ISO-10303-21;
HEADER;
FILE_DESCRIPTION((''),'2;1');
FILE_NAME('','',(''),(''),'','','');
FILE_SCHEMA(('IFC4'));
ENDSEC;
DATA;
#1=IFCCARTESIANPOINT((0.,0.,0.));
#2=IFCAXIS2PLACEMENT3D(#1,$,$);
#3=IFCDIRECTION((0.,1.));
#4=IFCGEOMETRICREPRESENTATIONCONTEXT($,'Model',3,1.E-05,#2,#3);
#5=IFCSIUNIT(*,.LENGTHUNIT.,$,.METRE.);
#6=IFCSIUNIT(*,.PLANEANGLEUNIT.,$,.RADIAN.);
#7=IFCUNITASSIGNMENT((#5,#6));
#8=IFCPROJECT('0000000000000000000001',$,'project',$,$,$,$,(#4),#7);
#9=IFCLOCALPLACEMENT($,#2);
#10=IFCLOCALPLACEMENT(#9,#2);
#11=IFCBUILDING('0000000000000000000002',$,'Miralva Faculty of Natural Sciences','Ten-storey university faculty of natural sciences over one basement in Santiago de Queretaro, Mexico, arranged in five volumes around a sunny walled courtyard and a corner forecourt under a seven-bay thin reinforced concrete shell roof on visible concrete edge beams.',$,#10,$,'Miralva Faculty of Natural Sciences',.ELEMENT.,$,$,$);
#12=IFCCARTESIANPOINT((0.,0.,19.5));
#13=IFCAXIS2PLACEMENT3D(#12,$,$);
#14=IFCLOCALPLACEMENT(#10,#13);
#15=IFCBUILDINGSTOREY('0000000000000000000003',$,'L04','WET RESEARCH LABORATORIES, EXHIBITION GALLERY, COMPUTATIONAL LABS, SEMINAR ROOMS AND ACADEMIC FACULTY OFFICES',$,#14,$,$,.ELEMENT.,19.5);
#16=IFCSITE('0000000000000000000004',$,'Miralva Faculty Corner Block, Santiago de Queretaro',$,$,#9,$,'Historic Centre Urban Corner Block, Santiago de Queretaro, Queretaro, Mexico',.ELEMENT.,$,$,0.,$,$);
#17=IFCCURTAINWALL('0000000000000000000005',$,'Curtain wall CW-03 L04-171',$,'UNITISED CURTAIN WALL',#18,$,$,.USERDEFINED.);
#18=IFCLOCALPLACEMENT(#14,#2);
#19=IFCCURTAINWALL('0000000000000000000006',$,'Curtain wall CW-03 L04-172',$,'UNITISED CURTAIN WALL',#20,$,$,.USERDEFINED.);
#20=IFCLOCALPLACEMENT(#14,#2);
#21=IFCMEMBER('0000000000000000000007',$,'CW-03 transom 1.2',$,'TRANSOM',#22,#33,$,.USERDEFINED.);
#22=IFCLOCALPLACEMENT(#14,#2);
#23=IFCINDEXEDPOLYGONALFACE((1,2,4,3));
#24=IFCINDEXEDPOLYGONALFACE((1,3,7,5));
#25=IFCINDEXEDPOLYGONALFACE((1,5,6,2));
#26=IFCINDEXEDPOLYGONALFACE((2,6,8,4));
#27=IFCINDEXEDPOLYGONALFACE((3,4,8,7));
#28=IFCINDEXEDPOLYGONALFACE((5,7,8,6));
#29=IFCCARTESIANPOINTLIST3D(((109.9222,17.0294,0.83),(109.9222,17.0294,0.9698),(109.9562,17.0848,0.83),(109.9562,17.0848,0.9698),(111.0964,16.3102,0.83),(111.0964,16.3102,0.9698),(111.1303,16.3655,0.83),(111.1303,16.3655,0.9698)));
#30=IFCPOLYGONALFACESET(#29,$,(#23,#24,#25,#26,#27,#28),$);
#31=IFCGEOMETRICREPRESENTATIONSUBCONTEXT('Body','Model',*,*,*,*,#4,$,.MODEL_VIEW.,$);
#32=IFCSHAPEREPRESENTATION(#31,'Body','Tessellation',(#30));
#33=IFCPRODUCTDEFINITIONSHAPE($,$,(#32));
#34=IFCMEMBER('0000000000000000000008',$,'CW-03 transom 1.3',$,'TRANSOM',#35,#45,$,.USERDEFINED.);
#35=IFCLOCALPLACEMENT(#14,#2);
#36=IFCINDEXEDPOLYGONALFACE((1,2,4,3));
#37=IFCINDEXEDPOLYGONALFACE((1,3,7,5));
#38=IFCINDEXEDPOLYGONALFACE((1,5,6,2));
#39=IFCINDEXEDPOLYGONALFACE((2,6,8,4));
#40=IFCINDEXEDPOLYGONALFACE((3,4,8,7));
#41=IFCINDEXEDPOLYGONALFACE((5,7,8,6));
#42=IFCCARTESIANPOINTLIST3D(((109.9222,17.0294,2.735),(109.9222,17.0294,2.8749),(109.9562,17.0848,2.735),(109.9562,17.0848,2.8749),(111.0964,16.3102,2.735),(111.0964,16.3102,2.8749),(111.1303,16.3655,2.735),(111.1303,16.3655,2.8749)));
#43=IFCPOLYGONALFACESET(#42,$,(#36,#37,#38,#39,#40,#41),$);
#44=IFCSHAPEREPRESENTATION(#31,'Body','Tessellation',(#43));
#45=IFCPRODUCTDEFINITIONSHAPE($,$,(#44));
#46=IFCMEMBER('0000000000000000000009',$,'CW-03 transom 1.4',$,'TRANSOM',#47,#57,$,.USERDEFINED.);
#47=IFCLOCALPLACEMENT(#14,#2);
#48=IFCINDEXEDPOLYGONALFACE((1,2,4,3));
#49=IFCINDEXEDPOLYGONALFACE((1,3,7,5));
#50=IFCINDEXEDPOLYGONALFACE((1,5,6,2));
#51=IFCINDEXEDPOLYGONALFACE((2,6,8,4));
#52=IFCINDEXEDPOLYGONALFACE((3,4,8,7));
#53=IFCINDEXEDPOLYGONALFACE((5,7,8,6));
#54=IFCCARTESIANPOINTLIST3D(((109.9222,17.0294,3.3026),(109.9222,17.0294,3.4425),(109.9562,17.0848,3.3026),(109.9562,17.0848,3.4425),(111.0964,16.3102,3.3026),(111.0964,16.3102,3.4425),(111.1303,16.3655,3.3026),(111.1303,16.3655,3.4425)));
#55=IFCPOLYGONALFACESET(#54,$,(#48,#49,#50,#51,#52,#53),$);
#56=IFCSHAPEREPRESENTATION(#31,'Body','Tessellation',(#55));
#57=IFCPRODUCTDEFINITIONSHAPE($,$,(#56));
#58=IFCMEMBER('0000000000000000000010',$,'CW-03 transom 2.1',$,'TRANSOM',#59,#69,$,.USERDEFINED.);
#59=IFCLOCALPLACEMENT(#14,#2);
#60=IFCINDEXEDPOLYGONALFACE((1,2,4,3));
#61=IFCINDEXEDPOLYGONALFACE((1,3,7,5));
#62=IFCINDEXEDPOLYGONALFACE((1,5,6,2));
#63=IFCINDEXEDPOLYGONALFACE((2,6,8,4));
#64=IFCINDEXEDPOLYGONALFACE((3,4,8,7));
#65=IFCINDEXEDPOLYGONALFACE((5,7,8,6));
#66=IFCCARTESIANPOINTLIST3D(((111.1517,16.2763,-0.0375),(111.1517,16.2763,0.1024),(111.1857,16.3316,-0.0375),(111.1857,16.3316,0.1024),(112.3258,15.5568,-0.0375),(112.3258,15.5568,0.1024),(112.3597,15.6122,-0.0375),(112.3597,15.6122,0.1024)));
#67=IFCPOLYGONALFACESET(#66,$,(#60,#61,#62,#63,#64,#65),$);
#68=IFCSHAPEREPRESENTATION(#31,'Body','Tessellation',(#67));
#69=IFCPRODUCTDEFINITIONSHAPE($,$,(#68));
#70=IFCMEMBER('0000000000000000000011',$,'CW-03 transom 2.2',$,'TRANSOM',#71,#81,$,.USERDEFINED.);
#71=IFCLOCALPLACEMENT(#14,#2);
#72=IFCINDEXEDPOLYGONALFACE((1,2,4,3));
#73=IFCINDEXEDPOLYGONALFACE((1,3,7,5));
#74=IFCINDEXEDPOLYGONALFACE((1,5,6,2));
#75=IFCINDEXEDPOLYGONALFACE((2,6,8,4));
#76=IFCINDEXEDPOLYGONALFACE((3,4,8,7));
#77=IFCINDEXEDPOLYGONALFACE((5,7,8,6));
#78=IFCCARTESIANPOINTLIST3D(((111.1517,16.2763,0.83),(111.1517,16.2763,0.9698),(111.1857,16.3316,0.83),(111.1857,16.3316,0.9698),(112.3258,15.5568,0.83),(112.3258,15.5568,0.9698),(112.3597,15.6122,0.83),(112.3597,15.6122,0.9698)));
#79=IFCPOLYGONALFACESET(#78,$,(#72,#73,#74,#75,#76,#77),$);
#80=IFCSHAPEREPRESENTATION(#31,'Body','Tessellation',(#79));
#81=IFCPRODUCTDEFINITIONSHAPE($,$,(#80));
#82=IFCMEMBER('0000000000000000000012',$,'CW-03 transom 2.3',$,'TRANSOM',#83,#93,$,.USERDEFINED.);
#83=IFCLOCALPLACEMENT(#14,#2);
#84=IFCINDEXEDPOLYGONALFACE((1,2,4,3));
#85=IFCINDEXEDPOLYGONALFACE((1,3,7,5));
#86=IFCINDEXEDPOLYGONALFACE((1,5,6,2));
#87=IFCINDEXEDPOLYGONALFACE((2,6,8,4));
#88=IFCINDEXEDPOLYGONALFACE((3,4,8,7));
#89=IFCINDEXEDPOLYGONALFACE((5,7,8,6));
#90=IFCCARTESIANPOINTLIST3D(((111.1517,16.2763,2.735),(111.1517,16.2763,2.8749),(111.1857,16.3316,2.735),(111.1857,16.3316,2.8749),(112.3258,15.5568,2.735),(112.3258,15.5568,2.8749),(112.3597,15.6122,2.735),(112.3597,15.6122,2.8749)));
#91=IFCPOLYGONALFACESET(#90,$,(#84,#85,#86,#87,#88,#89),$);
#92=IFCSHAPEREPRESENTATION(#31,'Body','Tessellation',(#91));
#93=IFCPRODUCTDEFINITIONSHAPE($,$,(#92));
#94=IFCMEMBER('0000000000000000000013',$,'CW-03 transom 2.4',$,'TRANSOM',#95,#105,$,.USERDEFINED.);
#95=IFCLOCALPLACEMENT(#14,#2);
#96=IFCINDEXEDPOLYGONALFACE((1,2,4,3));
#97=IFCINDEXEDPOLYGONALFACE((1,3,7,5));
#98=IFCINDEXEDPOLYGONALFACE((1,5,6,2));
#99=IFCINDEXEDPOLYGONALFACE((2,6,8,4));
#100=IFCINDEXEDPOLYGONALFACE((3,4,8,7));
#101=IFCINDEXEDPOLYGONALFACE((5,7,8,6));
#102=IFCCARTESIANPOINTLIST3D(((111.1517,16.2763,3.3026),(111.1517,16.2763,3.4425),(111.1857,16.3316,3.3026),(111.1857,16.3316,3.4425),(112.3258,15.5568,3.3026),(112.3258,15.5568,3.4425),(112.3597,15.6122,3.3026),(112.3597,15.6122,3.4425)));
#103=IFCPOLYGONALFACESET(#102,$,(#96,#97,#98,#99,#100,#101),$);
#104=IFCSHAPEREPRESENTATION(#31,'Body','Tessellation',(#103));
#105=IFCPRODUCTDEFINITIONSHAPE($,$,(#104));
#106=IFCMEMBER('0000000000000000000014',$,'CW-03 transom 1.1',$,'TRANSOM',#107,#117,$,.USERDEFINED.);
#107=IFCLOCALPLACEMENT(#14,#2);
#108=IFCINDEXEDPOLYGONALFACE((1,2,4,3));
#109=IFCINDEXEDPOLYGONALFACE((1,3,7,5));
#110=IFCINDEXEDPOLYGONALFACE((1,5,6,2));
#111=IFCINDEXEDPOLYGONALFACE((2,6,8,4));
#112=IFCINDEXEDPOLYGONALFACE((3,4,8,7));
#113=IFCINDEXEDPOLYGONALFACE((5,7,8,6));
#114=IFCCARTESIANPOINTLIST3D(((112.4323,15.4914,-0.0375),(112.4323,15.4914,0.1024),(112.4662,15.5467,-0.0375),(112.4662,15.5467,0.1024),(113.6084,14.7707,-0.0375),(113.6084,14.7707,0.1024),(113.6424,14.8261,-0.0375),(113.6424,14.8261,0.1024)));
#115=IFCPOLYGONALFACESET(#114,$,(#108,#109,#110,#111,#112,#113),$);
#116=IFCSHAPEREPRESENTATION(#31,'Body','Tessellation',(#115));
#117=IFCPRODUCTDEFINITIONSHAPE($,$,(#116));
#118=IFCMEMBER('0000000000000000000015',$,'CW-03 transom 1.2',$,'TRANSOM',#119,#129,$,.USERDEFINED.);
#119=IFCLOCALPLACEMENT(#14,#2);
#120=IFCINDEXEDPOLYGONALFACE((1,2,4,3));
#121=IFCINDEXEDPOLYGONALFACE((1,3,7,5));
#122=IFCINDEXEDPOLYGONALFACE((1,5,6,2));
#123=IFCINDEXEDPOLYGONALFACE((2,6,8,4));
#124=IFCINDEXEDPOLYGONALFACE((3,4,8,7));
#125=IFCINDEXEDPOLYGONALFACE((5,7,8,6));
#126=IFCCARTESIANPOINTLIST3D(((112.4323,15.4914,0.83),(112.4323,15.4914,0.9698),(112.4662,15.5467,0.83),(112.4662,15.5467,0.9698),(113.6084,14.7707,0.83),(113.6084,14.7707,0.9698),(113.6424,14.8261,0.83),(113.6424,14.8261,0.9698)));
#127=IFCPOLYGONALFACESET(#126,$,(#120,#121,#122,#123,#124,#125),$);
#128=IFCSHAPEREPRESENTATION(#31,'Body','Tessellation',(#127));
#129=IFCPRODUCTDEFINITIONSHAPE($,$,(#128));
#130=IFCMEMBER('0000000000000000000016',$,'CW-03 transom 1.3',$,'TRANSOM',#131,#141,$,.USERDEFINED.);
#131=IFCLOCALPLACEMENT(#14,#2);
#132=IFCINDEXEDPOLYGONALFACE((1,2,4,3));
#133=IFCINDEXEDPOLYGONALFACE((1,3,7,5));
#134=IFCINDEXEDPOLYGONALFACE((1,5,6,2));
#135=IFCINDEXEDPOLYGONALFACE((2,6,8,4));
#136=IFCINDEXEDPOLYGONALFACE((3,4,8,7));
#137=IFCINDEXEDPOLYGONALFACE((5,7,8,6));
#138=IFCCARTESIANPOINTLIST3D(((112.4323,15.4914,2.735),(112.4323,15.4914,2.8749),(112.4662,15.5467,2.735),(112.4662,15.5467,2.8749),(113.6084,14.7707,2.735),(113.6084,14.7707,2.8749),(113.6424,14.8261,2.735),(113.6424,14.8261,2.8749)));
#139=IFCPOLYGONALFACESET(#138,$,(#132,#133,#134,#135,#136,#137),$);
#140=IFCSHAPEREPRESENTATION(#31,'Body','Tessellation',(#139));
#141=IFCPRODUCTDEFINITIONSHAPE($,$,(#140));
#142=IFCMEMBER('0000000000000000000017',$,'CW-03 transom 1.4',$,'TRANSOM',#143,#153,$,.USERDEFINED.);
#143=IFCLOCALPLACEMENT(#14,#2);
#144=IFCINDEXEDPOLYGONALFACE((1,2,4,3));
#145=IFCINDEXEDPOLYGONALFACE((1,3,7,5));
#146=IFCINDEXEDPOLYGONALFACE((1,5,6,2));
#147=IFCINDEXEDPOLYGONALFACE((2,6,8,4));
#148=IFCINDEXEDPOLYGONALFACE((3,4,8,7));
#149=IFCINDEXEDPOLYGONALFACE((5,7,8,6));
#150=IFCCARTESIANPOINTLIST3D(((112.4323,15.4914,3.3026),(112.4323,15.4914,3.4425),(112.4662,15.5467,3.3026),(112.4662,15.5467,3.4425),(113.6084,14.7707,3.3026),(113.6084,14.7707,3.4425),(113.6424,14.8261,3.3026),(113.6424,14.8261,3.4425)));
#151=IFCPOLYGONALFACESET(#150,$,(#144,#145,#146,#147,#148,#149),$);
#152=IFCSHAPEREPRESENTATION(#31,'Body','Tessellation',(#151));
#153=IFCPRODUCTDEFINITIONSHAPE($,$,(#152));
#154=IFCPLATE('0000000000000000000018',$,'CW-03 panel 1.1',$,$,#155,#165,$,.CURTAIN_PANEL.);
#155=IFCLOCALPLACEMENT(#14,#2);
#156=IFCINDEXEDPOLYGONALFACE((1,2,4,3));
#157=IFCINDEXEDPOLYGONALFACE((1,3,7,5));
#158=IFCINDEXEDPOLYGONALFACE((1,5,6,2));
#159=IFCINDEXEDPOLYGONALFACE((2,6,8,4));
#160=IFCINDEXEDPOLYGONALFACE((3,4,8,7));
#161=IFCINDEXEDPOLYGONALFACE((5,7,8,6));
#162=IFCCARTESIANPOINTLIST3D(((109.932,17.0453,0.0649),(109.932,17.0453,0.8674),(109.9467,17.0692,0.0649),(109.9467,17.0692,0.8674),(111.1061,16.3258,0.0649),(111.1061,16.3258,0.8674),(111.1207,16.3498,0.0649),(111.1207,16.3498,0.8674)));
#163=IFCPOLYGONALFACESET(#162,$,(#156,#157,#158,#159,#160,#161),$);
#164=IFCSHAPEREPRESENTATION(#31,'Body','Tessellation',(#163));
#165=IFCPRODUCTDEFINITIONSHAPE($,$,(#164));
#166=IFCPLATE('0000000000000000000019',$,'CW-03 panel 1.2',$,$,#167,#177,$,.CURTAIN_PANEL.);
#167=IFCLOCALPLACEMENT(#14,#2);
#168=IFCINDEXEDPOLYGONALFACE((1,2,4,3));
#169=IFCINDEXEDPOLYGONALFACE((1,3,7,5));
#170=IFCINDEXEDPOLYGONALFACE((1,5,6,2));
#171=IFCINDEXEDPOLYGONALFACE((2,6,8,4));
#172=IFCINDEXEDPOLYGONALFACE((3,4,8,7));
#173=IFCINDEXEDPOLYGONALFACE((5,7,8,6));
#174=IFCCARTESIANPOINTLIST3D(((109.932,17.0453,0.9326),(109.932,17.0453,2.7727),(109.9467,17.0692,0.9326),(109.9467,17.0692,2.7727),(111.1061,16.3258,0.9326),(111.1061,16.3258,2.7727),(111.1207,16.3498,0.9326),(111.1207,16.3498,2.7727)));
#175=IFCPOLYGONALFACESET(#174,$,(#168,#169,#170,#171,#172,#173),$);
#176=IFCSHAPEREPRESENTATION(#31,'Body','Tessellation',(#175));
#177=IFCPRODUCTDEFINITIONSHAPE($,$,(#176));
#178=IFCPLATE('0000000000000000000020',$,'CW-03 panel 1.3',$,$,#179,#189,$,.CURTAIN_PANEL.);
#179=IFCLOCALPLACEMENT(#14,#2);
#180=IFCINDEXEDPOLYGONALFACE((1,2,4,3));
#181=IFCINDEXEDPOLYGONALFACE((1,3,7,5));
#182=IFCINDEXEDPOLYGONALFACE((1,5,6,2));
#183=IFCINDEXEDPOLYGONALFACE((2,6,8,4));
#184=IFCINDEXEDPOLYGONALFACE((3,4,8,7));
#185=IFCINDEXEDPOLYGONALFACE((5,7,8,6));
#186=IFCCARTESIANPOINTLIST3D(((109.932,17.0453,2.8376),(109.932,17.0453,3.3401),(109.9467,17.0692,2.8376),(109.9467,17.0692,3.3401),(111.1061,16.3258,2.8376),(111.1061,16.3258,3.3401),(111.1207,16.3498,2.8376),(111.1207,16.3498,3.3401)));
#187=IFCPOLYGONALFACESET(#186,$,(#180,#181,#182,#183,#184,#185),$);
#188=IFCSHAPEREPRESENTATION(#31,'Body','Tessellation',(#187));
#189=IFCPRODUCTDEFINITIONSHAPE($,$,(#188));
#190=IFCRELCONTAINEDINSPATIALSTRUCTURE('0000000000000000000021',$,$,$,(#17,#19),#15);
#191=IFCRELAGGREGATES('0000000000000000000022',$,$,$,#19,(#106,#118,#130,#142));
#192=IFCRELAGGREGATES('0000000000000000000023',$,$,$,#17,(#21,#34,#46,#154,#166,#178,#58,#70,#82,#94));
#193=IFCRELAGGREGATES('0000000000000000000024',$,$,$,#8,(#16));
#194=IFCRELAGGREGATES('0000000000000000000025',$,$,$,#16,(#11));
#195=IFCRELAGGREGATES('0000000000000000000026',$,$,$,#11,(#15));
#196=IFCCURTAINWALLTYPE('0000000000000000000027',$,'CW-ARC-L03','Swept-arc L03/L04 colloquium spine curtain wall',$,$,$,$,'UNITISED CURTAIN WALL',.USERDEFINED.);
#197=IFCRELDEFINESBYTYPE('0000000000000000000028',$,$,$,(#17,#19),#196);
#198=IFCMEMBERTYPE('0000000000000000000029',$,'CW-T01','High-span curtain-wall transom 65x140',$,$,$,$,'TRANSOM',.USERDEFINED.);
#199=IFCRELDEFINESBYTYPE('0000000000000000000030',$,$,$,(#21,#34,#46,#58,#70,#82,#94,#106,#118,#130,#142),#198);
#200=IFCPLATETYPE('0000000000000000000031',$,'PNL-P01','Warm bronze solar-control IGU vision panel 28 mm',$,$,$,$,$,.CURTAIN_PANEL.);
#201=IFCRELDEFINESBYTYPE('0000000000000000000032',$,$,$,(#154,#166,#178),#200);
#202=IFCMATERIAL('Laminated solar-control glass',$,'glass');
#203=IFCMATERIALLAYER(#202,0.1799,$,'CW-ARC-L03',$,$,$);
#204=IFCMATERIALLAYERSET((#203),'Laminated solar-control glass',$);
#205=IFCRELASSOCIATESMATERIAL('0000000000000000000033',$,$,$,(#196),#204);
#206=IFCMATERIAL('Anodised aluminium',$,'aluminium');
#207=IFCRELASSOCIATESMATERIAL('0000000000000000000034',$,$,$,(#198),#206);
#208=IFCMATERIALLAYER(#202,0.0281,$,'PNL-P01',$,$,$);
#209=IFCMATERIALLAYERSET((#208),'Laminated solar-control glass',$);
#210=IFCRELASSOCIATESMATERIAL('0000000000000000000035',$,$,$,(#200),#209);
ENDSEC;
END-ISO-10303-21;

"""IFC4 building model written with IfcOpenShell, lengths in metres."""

from ifc_helpers import new_model, si_unit, direction, frame, origin, origin_2d, place, context, subcontext, project, spatial, rectangle, extrude, material, layer, layer_set, material_profile, profile_set, type_object, element, aggregate, save


model = new_model("IFC4")

# Units and contexts
model_context = context("Model", 3, precision=1e-05, world=origin(), true_north=direction((0.0, 1.0)))
body_context = subcontext(model_context, "Body", "Model", "MODEL_VIEW")
ifc_project = project(units=[si_unit("LENGTHUNIT", "METRE"), si_unit("PLANEANGLEUNIT", "RADIAN")], contexts=[model_context])

# Site, building, storey
site_placement = place(None, origin())
site = spatial("IfcSite", under=ifc_project, at=site_placement, Name="Miralva Faculty Corner Block, Santiago de Queretaro", LongName="Historic Centre Urban Corner Block, Santiago de Queretaro, Queretaro, Mexico", CompositionType="ELEMENT", RefElevation=0.0)
building_placement = place(site_placement, origin())
building = spatial("IfcBuilding", under=site, at=building_placement, Name="Miralva Faculty of Natural Sciences", Description="Ten-storey university faculty of natural sciences over one basement in Santiago de Queretaro, Mexico, arranged in five volumes around a sunny walled courtyard and a corner forecourt under a seven-bay thin reinforced concrete shell roof on visible concrete edge beams.", LongName="Miralva Faculty of Natural Sciences", CompositionType="ELEMENT")
storey_placement = place(building_placement, frame((0.0, 0.0, 19.5)))
storey = spatial("IfcBuildingStorey", under=building, at=storey_placement, Name="L04", Description="WET RESEARCH LABORATORIES, EXHIBITION GALLERY, COMPUTATIONAL LABS, SEMINAR ROOMS AND ACADEMIC FACULTY OFFICES", CompositionType="ELEMENT", Elevation=19.5)

# Shared definitions
ifc_material_1 = material(Name="Laminated solar-control glass", Category="glass")
ifc_layer_1 = layer(ifc_material_1, 0.1799, Name="CW-ARC-L03")
ifc_layer_set_1 = layer_set([ifc_layer_1], Name="Laminated solar-control glass")
curtain_wall_type = type_object("IfcCurtainWallType", Name="CW-ARC-L03", Description="Swept-arc L03/L04 colloquium spine curtain wall", ElementType="UNITISED CURTAIN WALL", PredefinedType="USERDEFINED", material=ifc_layer_set_1)
ifc_material_2 = material(Name="Anodised aluminium", Category="aluminium")

# Curtain wall
curtain_wall_1_placement = place(storey_placement, origin())
curtain_wall_1 = element("IfcCurtainWall", 1, at=curtain_wall_1_placement, inside=storey, type_object=curtain_wall_type, Name="Curtain wall CW-03 L04-171", ObjectType="UNITISED CURTAIN WALL", PredefinedType="USERDEFINED")

# Curtain wall
curtain_wall_2_placement = place(storey_placement, origin())
curtain_wall_2 = element("IfcCurtainWall", 2, at=curtain_wall_2_placement, inside=storey, type_object=curtain_wall_type, Name="Curtain wall CW-03 L04-172", ObjectType="UNITISED CURTAIN WALL", PredefinedType="USERDEFINED")

# Members
ifc_material_profile_1 = material_profile(ifc_material_2, rectangle(XDim=0.0649, YDim=0.1399, at=origin_2d()), Name="TRANSOM 65x140")
ifc_profile_set_1 = profile_set([ifc_material_profile_1], Name="Anodised aluminium")
member_type_1 = type_object("IfcMemberType", Name="CW-T01", Description="High-span curtain-wall transom 65x140", ElementType="TRANSOM", PredefinedType="USERDEFINED", material=ifc_profile_set_1)
member_1_placement = place(storey_placement, frame((109.9392, 17.0571, 0.8999), z_axis=(0.852716, -0.522375, 0.0), x_axis=(0.522375, 0.852716, 0.0)))
member_1 = element("IfcMember", 3, at=member_1_placement, type_object=member_type_1, Name="CW-03 transom 1.2", ObjectType="TRANSOM", PredefinedType="USERDEFINED", context=body_context, shape_type="SweptSolid", body=[
    extrude(rectangle(XDim=0.0649, YDim=0.1399, at=origin_2d()), origin(), (0.0, 0.0, 1.0), 1.377),
])
member_2_placement = place(storey_placement, frame((109.9392, 17.0571, 2.8049), z_axis=(0.852716, -0.522375, 0.0), x_axis=(0.522375, 0.852716, 0.0)))
member_2 = element("IfcMember", 4, at=member_2_placement, type_object=member_type_1, Name="CW-03 transom 1.3", ObjectType="TRANSOM", PredefinedType="USERDEFINED", context=body_context, shape_type="SweptSolid", body=[
    extrude(rectangle(XDim=0.0649, YDim=0.1399, at=origin_2d()), origin(), (0.0, 0.0, 1.0), 1.377),
])
member_3_placement = place(storey_placement, frame((109.9392, 17.0571, 3.3726), z_axis=(0.852716, -0.522375, 0.0), x_axis=(0.522375, 0.852716, 0.0)))
member_3 = element("IfcMember", 5, at=member_3_placement, type_object=member_type_1, Name="CW-03 transom 1.4", ObjectType="TRANSOM", PredefinedType="USERDEFINED", context=body_context, shape_type="SweptSolid", body=[
    extrude(rectangle(XDim=0.0649, YDim=0.1399, at=origin_2d()), origin(), (0.0, 0.0, 1.0), 1.377),
])
member_4_placement = place(storey_placement, frame((111.1687, 16.304, 0.0325), z_axis=(0.852637, -0.522504, 0.0), x_axis=(0.522504, 0.852637, 0.0)))
member_4 = element("IfcMember", 6, at=member_4_placement, type_object=member_type_1, Name="CW-03 transom 2.1", ObjectType="TRANSOM", PredefinedType="USERDEFINED", context=body_context, shape_type="SweptSolid", body=[
    extrude(rectangle(XDim=0.0649, YDim=0.1399, at=origin_2d()), origin(), (0.0, 0.0, 1.0), 1.377),
])
member_5_placement = place(storey_placement, frame((111.1687, 16.304, 0.8999), z_axis=(0.852637, -0.522504, 0.0), x_axis=(0.522504, 0.852637, 0.0)))
member_5 = element("IfcMember", 7, at=member_5_placement, type_object=member_type_1, Name="CW-03 transom 2.2", ObjectType="TRANSOM", PredefinedType="USERDEFINED", context=body_context, shape_type="SweptSolid", body=[
    extrude(rectangle(XDim=0.0649, YDim=0.1399, at=origin_2d()), origin(), (0.0, 0.0, 1.0), 1.377),
])
member_6_placement = place(storey_placement, frame((111.1687, 16.304, 2.8049), z_axis=(0.852637, -0.522504, 0.0), x_axis=(0.522504, 0.852637, 0.0)))
member_6 = element("IfcMember", 8, at=member_6_placement, type_object=member_type_1, Name="CW-03 transom 2.3", ObjectType="TRANSOM", PredefinedType="USERDEFINED", context=body_context, shape_type="SweptSolid", body=[
    extrude(rectangle(XDim=0.0649, YDim=0.1399, at=origin_2d()), origin(), (0.0, 0.0, 1.0), 1.377),
])
member_7_placement = place(storey_placement, frame((111.1687, 16.304, 3.3726), z_axis=(0.852637, -0.522504, 0.0), x_axis=(0.522504, 0.852637, 0.0)))
member_7 = element("IfcMember", 9, at=member_7_placement, type_object=member_type_1, Name="CW-03 transom 2.4", ObjectType="TRANSOM", PredefinedType="USERDEFINED", context=body_context, shape_type="SweptSolid", body=[
    extrude(rectangle(XDim=0.0649, YDim=0.1399, at=origin_2d()), origin(), (0.0, 0.0, 1.0), 1.377),
])
member_8_placement = place(storey_placement, frame((112.4492, 15.519, 0.0325), z_axis=(0.852678, -0.522438, 0.0), x_axis=(0.522438, 0.852678, 0.0)))
member_8 = element("IfcMember", 10, at=member_8_placement, type_object=member_type_1, Name="CW-03 transom 1.1", ObjectType="TRANSOM", PredefinedType="USERDEFINED", context=body_context, shape_type="SweptSolid", body=[
    extrude(rectangle(XDim=0.0649, YDim=0.1399, at=origin_2d()), origin(), (0.0, 0.0, 1.0), 1.3794),
])
member_9_placement = place(storey_placement, frame((112.4492, 15.519, 0.8999), z_axis=(0.852678, -0.522438, 0.0), x_axis=(0.522438, 0.852678, 0.0)))
member_9 = element("IfcMember", 11, at=member_9_placement, type_object=member_type_1, Name="CW-03 transom 1.2", ObjectType="TRANSOM", PredefinedType="USERDEFINED", context=body_context, shape_type="SweptSolid", body=[
    extrude(rectangle(XDim=0.0649, YDim=0.1399, at=origin_2d()), origin(), (0.0, 0.0, 1.0), 1.3794),
])
member_10_placement = place(storey_placement, frame((112.4492, 15.519, 2.8049), z_axis=(0.852678, -0.522438, 0.0), x_axis=(0.522438, 0.852678, 0.0)))
member_10 = element("IfcMember", 12, at=member_10_placement, type_object=member_type_1, Name="CW-03 transom 1.3", ObjectType="TRANSOM", PredefinedType="USERDEFINED", context=body_context, shape_type="SweptSolid", body=[
    extrude(rectangle(XDim=0.0649, YDim=0.1399, at=origin_2d()), origin(), (0.0, 0.0, 1.0), 1.3794),
])
member_11_placement = place(storey_placement, frame((112.4492, 15.519, 3.3726), z_axis=(0.852678, -0.522438, 0.0), x_axis=(0.522438, 0.852678, 0.0)))
member_11 = element("IfcMember", 13, at=member_11_placement, type_object=member_type_1, Name="CW-03 transom 1.4", ObjectType="TRANSOM", PredefinedType="USERDEFINED", context=body_context, shape_type="SweptSolid", body=[
    extrude(rectangle(XDim=0.0649, YDim=0.1399, at=origin_2d()), origin(), (0.0, 0.0, 1.0), 1.3794),
])
aggregate(curtain_wall_2, [member_8, member_9, member_10, member_11])

# Plates
ifc_layer_2 = layer(ifc_material_1, 0.0281, Name="PNL-P01")
ifc_layer_set_2 = layer_set([ifc_layer_2], Name="Laminated solar-control glass")
plate_type = type_object("IfcPlateType", Name="PNL-P01", Description="Warm bronze solar-control IGU vision panel 28 mm", PredefinedType="CURTAIN_PANEL", material=ifc_layer_set_2)
plate_1_placement = place(storey_placement, frame((110.5264, 16.6975, 0.0649), z_axis=(0.0, 0.0, 1.0), x_axis=(0.85265, -0.522483, 0.0)))
plate_1 = element("IfcPlate", 14, at=plate_1_placement, type_object=plate_type, Name="CW-03 panel 1.1", PredefinedType="CURTAIN_PANEL", context=body_context, shape_type="SweptSolid", body=[
    extrude(rectangle(XDim=1.377, YDim=0.0281, at=origin_2d()), origin(), (0.0, 0.0, 1.0), 0.8025),
])
plate_2_placement = place(storey_placement, frame((110.5264, 16.6975, 0.9326), z_axis=(0.0, 0.0, 1.0), x_axis=(0.85265, -0.522483, 0.0)))
plate_2 = element("IfcPlate", 15, at=plate_2_placement, type_object=plate_type, Name="CW-03 panel 1.2", PredefinedType="CURTAIN_PANEL", context=body_context, shape_type="SweptSolid", body=[
    extrude(rectangle(XDim=1.377, YDim=0.0281, at=origin_2d()), origin(), (0.0, 0.0, 1.0), 1.8401),
])
plate_3_placement = place(storey_placement, frame((110.5264, 16.6975, 2.8376), z_axis=(0.0, 0.0, 1.0), x_axis=(0.85265, -0.522483, 0.0)))
plate_3 = element("IfcPlate", 16, at=plate_3_placement, type_object=plate_type, Name="CW-03 panel 1.3", PredefinedType="CURTAIN_PANEL", context=body_context, shape_type="SweptSolid", body=[
    extrude(rectangle(XDim=1.377, YDim=0.0281, at=origin_2d()), origin(), (0.0, 0.0, 1.0), 0.5024),
])
aggregate(curtain_wall_1, [member_1, member_2, member_3, plate_1, plate_2, plate_3, member_4, member_5, member_6, member_7])

save(model, "model.ifc")
